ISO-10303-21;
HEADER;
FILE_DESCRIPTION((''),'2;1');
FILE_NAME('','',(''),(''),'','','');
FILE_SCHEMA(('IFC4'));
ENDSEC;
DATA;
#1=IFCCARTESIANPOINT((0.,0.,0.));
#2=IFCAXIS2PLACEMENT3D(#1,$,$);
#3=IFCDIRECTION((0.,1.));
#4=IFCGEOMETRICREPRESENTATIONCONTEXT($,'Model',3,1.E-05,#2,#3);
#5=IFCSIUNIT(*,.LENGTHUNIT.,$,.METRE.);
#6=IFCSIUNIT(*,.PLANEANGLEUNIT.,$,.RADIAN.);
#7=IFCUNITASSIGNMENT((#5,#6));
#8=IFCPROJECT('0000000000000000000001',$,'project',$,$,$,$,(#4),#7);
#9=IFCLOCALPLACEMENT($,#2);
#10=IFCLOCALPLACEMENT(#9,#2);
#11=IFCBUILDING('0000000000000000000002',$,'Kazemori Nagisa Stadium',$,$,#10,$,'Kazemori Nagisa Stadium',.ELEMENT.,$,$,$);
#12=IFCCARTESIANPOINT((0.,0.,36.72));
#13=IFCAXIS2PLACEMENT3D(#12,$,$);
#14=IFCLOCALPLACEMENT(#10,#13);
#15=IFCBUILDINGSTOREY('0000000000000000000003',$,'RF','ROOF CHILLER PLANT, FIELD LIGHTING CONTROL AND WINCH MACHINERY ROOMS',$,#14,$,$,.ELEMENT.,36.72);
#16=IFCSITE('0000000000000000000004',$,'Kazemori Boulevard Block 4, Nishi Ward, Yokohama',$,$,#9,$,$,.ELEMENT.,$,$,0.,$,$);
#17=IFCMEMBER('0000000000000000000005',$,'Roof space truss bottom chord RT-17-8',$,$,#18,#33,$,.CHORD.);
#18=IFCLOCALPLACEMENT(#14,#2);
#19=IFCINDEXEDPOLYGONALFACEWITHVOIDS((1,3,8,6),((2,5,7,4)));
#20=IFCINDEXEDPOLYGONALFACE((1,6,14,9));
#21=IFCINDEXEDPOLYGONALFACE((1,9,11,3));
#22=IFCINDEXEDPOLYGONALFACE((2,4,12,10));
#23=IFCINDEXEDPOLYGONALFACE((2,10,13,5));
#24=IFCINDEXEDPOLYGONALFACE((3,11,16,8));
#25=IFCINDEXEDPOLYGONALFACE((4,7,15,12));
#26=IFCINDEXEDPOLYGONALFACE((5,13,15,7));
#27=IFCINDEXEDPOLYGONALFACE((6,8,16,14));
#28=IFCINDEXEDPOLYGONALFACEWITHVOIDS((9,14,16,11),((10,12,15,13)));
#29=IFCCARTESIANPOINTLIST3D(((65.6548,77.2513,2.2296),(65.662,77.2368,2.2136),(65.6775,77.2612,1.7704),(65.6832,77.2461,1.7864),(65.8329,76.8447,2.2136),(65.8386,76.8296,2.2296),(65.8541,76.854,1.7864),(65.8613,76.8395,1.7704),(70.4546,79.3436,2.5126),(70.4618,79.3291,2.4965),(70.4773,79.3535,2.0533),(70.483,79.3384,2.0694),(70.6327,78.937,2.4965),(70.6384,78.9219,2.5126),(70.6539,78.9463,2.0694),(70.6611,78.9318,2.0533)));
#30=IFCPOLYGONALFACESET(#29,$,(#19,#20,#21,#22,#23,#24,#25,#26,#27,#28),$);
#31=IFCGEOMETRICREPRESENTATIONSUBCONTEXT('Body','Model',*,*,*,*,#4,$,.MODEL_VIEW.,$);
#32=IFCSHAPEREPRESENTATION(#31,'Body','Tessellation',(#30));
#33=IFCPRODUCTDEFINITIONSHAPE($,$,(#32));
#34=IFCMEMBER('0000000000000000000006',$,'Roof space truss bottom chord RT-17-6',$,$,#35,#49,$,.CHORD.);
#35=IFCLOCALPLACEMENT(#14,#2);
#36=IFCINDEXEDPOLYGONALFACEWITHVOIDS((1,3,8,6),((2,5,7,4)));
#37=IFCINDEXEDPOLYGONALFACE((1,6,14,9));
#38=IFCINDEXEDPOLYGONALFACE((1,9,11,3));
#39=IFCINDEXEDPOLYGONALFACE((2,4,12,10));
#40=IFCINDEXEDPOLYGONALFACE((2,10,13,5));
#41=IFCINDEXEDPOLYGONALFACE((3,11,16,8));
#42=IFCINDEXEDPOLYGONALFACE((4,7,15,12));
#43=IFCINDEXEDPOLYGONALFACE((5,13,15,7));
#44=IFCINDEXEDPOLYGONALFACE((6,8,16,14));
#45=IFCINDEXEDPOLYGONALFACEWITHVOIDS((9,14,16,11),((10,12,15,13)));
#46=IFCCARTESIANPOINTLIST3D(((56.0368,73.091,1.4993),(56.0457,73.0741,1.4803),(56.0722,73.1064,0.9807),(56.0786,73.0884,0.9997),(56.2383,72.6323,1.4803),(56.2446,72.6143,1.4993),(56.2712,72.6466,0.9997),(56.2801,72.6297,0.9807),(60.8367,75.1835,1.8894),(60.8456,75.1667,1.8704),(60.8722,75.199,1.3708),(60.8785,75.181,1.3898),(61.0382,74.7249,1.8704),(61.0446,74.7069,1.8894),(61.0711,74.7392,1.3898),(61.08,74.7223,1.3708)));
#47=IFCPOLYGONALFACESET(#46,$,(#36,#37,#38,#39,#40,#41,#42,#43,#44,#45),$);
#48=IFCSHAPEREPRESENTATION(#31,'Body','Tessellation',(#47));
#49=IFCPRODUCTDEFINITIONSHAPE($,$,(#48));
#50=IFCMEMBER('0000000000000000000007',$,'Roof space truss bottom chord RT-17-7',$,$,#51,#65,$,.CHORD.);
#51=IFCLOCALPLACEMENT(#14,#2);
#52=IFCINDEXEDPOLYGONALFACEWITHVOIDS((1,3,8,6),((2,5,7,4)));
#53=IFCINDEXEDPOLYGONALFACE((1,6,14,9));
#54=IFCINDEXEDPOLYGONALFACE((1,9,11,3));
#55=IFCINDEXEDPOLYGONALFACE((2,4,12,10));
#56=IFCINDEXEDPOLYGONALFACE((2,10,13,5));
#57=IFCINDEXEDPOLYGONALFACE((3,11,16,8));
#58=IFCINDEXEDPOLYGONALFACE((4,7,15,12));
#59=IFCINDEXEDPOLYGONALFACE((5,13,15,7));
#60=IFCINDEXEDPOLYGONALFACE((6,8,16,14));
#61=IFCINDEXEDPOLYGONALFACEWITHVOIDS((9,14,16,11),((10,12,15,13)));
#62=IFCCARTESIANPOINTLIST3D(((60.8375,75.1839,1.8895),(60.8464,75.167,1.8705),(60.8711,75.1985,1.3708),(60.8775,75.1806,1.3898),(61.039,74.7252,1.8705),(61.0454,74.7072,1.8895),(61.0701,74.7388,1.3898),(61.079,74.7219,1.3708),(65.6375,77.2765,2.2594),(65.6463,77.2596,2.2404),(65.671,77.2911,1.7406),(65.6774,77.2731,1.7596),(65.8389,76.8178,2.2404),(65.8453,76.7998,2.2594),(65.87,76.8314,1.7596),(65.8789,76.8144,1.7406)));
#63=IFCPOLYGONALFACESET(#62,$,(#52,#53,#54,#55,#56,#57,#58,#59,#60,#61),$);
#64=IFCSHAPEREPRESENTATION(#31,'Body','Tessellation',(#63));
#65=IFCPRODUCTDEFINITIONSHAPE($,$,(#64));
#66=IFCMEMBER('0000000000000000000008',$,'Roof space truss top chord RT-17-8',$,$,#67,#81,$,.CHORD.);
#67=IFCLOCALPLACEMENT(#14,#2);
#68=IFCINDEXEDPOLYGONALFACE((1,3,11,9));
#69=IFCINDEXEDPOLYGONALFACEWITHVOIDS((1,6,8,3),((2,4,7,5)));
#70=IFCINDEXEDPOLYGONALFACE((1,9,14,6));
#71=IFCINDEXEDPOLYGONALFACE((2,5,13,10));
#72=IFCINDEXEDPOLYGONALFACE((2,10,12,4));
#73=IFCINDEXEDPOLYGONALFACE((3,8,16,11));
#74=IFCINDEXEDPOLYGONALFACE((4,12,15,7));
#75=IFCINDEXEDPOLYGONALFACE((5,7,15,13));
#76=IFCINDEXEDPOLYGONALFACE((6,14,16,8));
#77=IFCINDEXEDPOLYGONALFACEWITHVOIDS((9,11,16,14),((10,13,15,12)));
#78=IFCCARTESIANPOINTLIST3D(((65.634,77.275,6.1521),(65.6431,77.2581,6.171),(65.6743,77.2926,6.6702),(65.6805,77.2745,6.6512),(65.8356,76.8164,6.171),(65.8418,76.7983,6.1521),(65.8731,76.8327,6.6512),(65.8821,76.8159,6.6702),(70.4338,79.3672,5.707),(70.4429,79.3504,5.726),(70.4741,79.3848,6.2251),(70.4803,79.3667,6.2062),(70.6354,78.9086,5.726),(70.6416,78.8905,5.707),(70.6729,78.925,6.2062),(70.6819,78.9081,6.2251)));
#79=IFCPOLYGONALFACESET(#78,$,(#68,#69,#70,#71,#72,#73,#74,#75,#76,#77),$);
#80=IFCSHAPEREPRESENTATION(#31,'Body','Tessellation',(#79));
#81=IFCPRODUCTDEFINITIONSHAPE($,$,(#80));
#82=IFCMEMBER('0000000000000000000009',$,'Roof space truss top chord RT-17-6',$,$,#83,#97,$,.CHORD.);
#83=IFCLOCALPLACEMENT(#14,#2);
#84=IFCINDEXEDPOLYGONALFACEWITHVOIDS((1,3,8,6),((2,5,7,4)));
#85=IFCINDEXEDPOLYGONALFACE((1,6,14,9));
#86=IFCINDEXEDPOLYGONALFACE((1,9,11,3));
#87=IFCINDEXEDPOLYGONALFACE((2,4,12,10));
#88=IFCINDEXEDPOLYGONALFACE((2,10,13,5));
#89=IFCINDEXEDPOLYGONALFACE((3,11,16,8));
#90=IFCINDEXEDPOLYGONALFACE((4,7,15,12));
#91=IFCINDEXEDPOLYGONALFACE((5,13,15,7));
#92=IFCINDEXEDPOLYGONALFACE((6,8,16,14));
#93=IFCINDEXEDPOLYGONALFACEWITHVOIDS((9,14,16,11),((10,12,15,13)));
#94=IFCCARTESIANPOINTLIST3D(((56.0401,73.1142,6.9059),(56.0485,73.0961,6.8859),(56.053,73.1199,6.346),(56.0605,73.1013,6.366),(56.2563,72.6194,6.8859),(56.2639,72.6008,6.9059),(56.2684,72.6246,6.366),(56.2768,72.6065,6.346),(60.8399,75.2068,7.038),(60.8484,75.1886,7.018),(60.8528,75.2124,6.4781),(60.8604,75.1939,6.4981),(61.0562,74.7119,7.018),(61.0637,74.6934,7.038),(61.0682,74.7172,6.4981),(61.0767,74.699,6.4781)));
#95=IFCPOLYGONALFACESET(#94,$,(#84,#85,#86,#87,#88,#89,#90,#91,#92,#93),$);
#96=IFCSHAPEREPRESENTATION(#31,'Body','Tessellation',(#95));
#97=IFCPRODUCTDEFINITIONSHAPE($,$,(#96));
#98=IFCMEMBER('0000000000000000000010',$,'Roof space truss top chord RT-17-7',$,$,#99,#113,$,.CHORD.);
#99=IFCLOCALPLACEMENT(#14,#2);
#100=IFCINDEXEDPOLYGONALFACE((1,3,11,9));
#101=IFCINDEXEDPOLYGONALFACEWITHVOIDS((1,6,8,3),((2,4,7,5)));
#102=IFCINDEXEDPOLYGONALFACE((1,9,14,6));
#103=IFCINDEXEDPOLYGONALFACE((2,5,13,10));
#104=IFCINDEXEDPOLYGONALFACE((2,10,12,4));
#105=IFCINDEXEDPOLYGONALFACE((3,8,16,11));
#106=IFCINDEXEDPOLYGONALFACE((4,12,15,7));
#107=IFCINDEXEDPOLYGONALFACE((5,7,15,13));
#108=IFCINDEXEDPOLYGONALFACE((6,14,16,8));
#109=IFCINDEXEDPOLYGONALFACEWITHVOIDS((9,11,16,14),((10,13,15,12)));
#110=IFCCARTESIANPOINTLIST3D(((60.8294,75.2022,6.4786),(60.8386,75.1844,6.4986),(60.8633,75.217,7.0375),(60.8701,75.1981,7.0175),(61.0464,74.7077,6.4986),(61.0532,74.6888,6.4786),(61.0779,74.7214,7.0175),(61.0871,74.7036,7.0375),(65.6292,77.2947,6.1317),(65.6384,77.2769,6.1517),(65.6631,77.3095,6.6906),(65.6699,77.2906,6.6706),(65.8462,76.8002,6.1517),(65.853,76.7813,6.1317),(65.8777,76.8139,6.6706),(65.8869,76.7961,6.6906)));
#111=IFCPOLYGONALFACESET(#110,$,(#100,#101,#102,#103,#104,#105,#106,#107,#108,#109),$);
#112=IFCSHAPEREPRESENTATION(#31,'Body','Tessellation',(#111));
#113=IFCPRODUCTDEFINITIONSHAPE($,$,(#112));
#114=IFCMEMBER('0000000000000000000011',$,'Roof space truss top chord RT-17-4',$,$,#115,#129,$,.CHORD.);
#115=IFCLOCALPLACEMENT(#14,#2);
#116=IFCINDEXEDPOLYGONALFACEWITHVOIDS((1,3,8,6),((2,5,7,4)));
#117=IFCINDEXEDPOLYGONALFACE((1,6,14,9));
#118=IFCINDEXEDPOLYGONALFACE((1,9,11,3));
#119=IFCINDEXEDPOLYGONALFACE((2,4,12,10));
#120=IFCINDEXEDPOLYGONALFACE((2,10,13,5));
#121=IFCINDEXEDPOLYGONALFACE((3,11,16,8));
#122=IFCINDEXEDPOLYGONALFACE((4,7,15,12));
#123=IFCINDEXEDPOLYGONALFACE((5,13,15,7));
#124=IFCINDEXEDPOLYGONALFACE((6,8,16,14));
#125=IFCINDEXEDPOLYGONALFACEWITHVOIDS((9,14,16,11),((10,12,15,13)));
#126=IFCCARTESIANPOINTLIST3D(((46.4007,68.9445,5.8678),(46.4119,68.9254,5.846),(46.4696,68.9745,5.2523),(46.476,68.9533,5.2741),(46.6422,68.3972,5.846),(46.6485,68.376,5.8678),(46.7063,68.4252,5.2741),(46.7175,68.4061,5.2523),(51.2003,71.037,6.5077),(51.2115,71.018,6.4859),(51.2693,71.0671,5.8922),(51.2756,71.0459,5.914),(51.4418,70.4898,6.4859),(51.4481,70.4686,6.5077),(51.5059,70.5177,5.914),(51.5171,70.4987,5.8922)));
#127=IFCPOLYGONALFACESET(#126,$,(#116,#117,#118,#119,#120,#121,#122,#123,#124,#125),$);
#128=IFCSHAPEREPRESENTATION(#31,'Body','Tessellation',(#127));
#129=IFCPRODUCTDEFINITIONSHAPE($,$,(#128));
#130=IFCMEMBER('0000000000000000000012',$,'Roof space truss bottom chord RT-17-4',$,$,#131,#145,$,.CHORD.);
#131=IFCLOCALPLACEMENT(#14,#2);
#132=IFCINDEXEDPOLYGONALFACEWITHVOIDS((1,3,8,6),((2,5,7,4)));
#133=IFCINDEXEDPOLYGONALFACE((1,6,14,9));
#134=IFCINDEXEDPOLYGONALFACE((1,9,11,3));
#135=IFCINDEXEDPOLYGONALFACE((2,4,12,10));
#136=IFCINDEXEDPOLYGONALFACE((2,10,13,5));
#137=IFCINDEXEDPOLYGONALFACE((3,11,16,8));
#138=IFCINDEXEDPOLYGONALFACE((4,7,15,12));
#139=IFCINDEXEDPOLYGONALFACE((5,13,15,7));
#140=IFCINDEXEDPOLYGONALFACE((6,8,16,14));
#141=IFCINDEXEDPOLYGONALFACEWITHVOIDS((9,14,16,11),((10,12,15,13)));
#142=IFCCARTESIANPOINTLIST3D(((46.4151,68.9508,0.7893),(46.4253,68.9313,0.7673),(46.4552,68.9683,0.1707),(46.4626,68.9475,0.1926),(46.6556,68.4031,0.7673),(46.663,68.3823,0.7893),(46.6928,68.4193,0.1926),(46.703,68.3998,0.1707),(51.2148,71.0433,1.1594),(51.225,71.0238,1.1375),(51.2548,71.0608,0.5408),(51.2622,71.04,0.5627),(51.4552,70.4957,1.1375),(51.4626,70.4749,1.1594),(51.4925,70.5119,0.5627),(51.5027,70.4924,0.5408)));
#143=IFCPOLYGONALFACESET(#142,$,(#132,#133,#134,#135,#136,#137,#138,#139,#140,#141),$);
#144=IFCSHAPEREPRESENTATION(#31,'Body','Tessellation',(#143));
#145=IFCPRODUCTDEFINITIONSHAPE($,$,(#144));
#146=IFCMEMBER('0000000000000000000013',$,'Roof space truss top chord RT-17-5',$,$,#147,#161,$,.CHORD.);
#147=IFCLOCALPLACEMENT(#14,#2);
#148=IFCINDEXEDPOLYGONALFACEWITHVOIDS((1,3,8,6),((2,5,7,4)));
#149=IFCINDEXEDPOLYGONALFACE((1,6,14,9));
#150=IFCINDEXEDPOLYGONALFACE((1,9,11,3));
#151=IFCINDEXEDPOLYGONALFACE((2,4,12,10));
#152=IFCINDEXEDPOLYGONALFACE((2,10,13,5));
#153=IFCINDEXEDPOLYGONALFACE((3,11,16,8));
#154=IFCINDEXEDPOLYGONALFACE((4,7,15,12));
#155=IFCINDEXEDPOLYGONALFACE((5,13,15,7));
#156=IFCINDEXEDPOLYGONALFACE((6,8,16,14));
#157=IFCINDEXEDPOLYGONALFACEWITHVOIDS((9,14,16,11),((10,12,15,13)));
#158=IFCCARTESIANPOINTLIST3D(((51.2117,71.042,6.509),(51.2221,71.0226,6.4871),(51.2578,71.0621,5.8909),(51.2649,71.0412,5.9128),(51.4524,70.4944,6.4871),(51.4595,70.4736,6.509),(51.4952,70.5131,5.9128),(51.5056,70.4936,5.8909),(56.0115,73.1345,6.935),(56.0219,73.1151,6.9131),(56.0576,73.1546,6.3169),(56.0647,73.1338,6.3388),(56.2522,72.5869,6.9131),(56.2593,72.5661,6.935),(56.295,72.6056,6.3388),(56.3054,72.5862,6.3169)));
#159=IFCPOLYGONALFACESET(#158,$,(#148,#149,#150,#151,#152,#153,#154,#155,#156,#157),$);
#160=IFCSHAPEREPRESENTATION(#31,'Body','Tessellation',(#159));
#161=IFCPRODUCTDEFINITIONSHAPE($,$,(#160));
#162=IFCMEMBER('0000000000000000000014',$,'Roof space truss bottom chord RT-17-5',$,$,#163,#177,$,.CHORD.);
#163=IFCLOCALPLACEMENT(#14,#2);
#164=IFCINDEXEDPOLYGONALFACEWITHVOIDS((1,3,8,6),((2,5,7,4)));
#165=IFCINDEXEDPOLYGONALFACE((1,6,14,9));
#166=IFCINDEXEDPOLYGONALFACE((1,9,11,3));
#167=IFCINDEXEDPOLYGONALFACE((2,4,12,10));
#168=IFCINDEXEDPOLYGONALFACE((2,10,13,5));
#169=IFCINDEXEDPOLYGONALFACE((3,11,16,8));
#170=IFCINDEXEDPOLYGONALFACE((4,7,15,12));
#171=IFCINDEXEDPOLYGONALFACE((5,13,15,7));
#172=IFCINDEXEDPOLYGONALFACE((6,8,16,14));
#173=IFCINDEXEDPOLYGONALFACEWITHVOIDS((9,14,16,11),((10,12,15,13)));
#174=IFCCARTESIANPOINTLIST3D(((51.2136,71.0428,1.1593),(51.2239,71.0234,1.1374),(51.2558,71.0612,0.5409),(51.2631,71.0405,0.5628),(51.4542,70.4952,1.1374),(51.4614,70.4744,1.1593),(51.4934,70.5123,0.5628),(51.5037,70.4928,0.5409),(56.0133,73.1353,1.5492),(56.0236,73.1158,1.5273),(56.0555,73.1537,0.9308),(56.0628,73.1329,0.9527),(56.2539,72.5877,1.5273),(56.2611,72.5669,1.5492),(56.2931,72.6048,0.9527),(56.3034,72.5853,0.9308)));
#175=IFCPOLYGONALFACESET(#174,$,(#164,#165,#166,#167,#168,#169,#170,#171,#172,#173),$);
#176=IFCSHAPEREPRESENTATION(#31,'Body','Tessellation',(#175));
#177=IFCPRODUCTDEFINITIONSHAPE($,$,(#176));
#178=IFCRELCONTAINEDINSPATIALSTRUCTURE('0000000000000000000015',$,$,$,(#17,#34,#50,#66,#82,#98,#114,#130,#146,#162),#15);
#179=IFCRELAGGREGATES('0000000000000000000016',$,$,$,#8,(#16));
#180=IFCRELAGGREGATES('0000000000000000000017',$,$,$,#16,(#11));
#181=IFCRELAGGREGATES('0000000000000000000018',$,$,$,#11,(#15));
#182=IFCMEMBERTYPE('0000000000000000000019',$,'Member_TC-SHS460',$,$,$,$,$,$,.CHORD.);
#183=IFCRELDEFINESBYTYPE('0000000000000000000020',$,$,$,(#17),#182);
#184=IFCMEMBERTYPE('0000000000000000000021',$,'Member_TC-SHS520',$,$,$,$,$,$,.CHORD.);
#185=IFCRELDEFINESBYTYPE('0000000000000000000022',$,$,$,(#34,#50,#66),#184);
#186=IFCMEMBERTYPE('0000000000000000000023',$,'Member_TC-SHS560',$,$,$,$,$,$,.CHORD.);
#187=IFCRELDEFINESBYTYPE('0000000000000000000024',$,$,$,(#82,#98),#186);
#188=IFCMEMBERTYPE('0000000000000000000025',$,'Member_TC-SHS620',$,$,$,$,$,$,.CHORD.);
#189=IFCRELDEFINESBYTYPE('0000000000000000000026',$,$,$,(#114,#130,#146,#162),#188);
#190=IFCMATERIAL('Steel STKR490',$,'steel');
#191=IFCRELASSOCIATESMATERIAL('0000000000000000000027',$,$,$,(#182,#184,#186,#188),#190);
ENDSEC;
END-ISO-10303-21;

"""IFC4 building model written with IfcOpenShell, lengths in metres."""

from ifc_helpers import new_model, si_unit, direction, frame, origin, origin_2d, place, context, subcontext, project, spatial, hollow_rectangle, extrude, material, material_profile, profile_set, type_object, element, save


model = new_model("IFC4")

# Units and contexts
model_context = context("Model", 3, precision=1e-05, world=origin(), true_north=direction((0.0, 1.0)))
body_context = subcontext(model_context, "Body", "Model", "MODEL_VIEW")
ifc_project = project(units=[si_unit("LENGTHUNIT", "METRE"), si_unit("PLANEANGLEUNIT", "RADIAN")], contexts=[model_context])

# Site, building, storey
site_placement = place(None, origin())
site = spatial("IfcSite", under=ifc_project, at=site_placement, Name="Kazemori Boulevard Block 4, Nishi Ward, Yokohama", CompositionType="ELEMENT", RefElevation=0.0)
building_placement = place(site_placement, origin())
building = spatial("IfcBuilding", under=site, at=building_placement, Name="Kazemori Nagisa Stadium", LongName="Kazemori Nagisa Stadium", CompositionType="ELEMENT")
storey_placement = place(building_placement, frame((0.0, 0.0, 36.72)))
storey = spatial("IfcBuildingStorey", under=building, at=storey_placement, Name="RF", Description="ROOF CHILLER PLANT, FIELD LIGHTING CONTROL AND WINCH MACHINERY ROOMS", CompositionType="ELEMENT", Elevation=36.72)

# Members
ifc_material_1 = material(Name="Steel STKR490", Category="steel")
ifc_material_profile_1 = material_profile(ifc_material_1, hollow_rectangle(XDim=0.46, YDim=0.46, WallThickness=0.0161, at=origin_2d()), Name="SHS-460x460x16")
ifc_profile_set_1 = profile_set([ifc_material_profile_1], Name="Steel STKR490")
member_type_1 = type_object("IfcMemberType", Name="Member_TC-SHS460", PredefinedType="CHORD", material=ifc_profile_set_1)
member_1_placement = place(storey_placement, frame((65.7581, 77.0454, 2.0), z_axis=(0.915356, 0.399013, 0.053962), x_axis=(-0.399595, 0.916692, 0.0)))
element("IfcMember", 1, at=member_1_placement, inside=storey, type_object=member_type_1, Name="Roof space truss bottom chord RT-17-8", PredefinedType="CHORD", context=body_context, shape_type="SweptSolid", body=[
    extrude(hollow_rectangle(XDim=0.46, YDim=0.46, WallThickness=0.0161, at=origin_2d()), origin(), (0.0, 0.0, 1.0), 5.2437),
])
ifc_material_profile_2 = material_profile(ifc_material_1, hollow_rectangle(XDim=0.52, YDim=0.52, WallThickness=0.019, at=origin_2d()), Name="SHS-520x520x19")
ifc_profile_set_2 = profile_set([ifc_material_profile_2], Name="Steel STKR490")
member_type_2 = type_object("IfcMemberType", Name="Member_TC-SHS520", PredefinedType="CHORD", material=ifc_profile_set_2)
member_2_placement = place(storey_placement, frame((56.1584, 72.8604, 1.24), z_axis=(0.914141, 0.39853, 0.074303), x_axis=(-0.399635, 0.916675, 0.0)))
element("IfcMember", 2, at=member_2_placement, inside=storey, type_object=member_type_2, Name="Roof space truss bottom chord RT-17-6", PredefinedType="CHORD", context=body_context, shape_type="SweptSolid", body=[
    extrude(hollow_rectangle(XDim=0.52, YDim=0.52, WallThickness=0.019, at=origin_2d()), origin(), (0.0, 0.0, 1.0), 5.2507),
])
member_3_placement = place(storey_placement, frame((60.9583, 74.9529, 1.6301), z_axis=(0.914396, 0.398641, 0.070463), x_axis=(-0.399635, 0.916675, 0.0)))
element("IfcMember", 3, at=member_3_placement, inside=storey, type_object=member_type_2, Name="Roof space truss bottom chord RT-17-7", PredefinedType="CHORD", context=body_context, shape_type="SweptSolid", body=[
    extrude(hollow_rectangle(XDim=0.52, YDim=0.52, WallThickness=0.019, at=origin_2d()), origin(), (0.0, 0.0, 1.0), 5.2493),
])
member_4_placement = place(storey_placement, frame((65.7581, 77.0454, 6.4111), z_axis=(0.913398, 0.39816, -0.084696), x_axis=(-0.399595, 0.916692, 0.0)))
element("IfcMember", 4, at=member_4_placement, inside=storey, type_object=member_type_2, Name="Roof space truss top chord RT-17-8", PredefinedType="CHORD", context=body_context, shape_type="SweptSolid", body=[
    extrude(hollow_rectangle(XDim=0.52, YDim=0.52, WallThickness=0.019, at=origin_2d()), origin(), (0.0, 0.0, 1.0), 5.2549),
])
ifc_material_profile_3 = material_profile(ifc_material_1, hollow_rectangle(XDim=0.5601, YDim=0.5601, WallThickness=0.02, at=origin_2d()), Name="SHS-560x560x20")
ifc_profile_set_3 = profile_set([ifc_material_profile_3], Name="Steel STKR490")
member_type_3 = type_object("IfcMemberType", Name="Member_TC-SHS560", PredefinedType="CHORD", material=ifc_profile_set_3)
member_5_placement = place(storey_placement, frame((56.1584, 72.8604, 6.626), z_axis=(0.916383, 0.399508, 0.025217), x_axis=(-0.399635, 0.916675, 0.0)))
element("IfcMember", 5, at=member_5_placement, inside=storey, type_object=member_type_3, Name="Roof space truss top chord RT-17-6", PredefinedType="CHORD", context=body_context, shape_type="SweptSolid", body=[
    extrude(hollow_rectangle(XDim=0.5601, YDim=0.5601, WallThickness=0.02, at=origin_2d()), origin(), (0.0, 0.0, 1.0), 5.2378),
])
member_6_placement = place(storey_placement, frame((60.9583, 74.9529, 6.7581), z_axis=(0.914669, 0.39876, -0.066111), x_axis=(-0.399635, 0.916675, 0.0)))
element("IfcMember", 6, at=member_6_placement, inside=storey, type_object=member_type_3, Name="Roof space truss top chord RT-17-7", PredefinedType="CHORD", context=body_context, shape_type="SweptSolid", body=[
    extrude(hollow_rectangle(XDim=0.5601, YDim=0.5601, WallThickness=0.02, at=origin_2d()), origin(), (0.0, 0.0, 1.0), 5.2476),
])
ifc_material_profile_4 = material_profile(ifc_material_1, hollow_rectangle(XDim=0.6201, YDim=0.6201, WallThickness=0.022, at=origin_2d()), Name="SHS-620x620x22")
ifc_profile_set_4 = profile_set([ifc_material_profile_4], Name="Steel STKR490")
member_type_4 = type_object("IfcMemberType", Name="Member_TC-SHS620", PredefinedType="CHORD", material=ifc_profile_set_4)
member_7_placement = place(storey_placement, frame((46.5591, 68.6753, 5.5601), z_axis=(0.909897, 0.3967, 0.12131), x_axis=(-0.399652, 0.916667, 0.0)))
element("IfcMember", 7, at=member_7_placement, inside=storey, type_object=member_type_4, Name="Roof space truss top chord RT-17-4", PredefinedType="CHORD", context=body_context, shape_type="SweptSolid", body=[
    extrude(hollow_rectangle(XDim=0.6201, YDim=0.6201, WallThickness=0.022, at=origin_2d()), origin(), (0.0, 0.0, 1.0), 5.2749),
])
member_8_placement = place(storey_placement, frame((46.5591, 68.6753, 0.48), z_axis=(0.914385, 0.398657, 0.070513), x_axis=(-0.399652, 0.916667, 0.0)))
element("IfcMember", 8, at=member_8_placement, inside=storey, type_object=member_type_4, Name="Roof space truss bottom chord RT-17-4", PredefinedType="CHORD", context=body_context, shape_type="SweptSolid", body=[
    extrude(hollow_rectangle(XDim=0.6201, YDim=0.6201, WallThickness=0.022, at=origin_2d()), origin(), (0.0, 0.0, 1.0), 5.249),
])
member_9_placement = place(storey_placement, frame((51.3586, 70.7678, 6.2), z_axis=(0.913655, 0.398318, 0.081095), x_axis=(-0.399635, 0.916675, 0.0)))
element("IfcMember", 9, at=member_9_placement, inside=storey, type_object=member_type_4, Name="Roof space truss top chord RT-17-5", PredefinedType="CHORD", context=body_context, shape_type="SweptSolid", body=[
    extrude(hollow_rectangle(XDim=0.6201, YDim=0.6201, WallThickness=0.022, at=origin_2d()), origin(), (0.0, 0.0, 1.0), 5.2534),
])
member_10_placement = place(storey_placement, frame((51.3586, 70.7678, 0.8501), z_axis=(0.914144, 0.398531, 0.074257), x_axis=(-0.399635, 0.916675, 0.0)))
element("IfcMember", 10, at=member_10_placement, inside=storey, type_object=member_type_4, Name="Roof space truss bottom chord RT-17-5", PredefinedType="CHORD", context=body_context, shape_type="SweptSolid", body=[
    extrude(hollow_rectangle(XDim=0.6201, YDim=0.6201, WallThickness=0.022, at=origin_2d()), origin(), (0.0, 0.0, 1.0), 5.2505),
])

save(model, "model.ifc")
